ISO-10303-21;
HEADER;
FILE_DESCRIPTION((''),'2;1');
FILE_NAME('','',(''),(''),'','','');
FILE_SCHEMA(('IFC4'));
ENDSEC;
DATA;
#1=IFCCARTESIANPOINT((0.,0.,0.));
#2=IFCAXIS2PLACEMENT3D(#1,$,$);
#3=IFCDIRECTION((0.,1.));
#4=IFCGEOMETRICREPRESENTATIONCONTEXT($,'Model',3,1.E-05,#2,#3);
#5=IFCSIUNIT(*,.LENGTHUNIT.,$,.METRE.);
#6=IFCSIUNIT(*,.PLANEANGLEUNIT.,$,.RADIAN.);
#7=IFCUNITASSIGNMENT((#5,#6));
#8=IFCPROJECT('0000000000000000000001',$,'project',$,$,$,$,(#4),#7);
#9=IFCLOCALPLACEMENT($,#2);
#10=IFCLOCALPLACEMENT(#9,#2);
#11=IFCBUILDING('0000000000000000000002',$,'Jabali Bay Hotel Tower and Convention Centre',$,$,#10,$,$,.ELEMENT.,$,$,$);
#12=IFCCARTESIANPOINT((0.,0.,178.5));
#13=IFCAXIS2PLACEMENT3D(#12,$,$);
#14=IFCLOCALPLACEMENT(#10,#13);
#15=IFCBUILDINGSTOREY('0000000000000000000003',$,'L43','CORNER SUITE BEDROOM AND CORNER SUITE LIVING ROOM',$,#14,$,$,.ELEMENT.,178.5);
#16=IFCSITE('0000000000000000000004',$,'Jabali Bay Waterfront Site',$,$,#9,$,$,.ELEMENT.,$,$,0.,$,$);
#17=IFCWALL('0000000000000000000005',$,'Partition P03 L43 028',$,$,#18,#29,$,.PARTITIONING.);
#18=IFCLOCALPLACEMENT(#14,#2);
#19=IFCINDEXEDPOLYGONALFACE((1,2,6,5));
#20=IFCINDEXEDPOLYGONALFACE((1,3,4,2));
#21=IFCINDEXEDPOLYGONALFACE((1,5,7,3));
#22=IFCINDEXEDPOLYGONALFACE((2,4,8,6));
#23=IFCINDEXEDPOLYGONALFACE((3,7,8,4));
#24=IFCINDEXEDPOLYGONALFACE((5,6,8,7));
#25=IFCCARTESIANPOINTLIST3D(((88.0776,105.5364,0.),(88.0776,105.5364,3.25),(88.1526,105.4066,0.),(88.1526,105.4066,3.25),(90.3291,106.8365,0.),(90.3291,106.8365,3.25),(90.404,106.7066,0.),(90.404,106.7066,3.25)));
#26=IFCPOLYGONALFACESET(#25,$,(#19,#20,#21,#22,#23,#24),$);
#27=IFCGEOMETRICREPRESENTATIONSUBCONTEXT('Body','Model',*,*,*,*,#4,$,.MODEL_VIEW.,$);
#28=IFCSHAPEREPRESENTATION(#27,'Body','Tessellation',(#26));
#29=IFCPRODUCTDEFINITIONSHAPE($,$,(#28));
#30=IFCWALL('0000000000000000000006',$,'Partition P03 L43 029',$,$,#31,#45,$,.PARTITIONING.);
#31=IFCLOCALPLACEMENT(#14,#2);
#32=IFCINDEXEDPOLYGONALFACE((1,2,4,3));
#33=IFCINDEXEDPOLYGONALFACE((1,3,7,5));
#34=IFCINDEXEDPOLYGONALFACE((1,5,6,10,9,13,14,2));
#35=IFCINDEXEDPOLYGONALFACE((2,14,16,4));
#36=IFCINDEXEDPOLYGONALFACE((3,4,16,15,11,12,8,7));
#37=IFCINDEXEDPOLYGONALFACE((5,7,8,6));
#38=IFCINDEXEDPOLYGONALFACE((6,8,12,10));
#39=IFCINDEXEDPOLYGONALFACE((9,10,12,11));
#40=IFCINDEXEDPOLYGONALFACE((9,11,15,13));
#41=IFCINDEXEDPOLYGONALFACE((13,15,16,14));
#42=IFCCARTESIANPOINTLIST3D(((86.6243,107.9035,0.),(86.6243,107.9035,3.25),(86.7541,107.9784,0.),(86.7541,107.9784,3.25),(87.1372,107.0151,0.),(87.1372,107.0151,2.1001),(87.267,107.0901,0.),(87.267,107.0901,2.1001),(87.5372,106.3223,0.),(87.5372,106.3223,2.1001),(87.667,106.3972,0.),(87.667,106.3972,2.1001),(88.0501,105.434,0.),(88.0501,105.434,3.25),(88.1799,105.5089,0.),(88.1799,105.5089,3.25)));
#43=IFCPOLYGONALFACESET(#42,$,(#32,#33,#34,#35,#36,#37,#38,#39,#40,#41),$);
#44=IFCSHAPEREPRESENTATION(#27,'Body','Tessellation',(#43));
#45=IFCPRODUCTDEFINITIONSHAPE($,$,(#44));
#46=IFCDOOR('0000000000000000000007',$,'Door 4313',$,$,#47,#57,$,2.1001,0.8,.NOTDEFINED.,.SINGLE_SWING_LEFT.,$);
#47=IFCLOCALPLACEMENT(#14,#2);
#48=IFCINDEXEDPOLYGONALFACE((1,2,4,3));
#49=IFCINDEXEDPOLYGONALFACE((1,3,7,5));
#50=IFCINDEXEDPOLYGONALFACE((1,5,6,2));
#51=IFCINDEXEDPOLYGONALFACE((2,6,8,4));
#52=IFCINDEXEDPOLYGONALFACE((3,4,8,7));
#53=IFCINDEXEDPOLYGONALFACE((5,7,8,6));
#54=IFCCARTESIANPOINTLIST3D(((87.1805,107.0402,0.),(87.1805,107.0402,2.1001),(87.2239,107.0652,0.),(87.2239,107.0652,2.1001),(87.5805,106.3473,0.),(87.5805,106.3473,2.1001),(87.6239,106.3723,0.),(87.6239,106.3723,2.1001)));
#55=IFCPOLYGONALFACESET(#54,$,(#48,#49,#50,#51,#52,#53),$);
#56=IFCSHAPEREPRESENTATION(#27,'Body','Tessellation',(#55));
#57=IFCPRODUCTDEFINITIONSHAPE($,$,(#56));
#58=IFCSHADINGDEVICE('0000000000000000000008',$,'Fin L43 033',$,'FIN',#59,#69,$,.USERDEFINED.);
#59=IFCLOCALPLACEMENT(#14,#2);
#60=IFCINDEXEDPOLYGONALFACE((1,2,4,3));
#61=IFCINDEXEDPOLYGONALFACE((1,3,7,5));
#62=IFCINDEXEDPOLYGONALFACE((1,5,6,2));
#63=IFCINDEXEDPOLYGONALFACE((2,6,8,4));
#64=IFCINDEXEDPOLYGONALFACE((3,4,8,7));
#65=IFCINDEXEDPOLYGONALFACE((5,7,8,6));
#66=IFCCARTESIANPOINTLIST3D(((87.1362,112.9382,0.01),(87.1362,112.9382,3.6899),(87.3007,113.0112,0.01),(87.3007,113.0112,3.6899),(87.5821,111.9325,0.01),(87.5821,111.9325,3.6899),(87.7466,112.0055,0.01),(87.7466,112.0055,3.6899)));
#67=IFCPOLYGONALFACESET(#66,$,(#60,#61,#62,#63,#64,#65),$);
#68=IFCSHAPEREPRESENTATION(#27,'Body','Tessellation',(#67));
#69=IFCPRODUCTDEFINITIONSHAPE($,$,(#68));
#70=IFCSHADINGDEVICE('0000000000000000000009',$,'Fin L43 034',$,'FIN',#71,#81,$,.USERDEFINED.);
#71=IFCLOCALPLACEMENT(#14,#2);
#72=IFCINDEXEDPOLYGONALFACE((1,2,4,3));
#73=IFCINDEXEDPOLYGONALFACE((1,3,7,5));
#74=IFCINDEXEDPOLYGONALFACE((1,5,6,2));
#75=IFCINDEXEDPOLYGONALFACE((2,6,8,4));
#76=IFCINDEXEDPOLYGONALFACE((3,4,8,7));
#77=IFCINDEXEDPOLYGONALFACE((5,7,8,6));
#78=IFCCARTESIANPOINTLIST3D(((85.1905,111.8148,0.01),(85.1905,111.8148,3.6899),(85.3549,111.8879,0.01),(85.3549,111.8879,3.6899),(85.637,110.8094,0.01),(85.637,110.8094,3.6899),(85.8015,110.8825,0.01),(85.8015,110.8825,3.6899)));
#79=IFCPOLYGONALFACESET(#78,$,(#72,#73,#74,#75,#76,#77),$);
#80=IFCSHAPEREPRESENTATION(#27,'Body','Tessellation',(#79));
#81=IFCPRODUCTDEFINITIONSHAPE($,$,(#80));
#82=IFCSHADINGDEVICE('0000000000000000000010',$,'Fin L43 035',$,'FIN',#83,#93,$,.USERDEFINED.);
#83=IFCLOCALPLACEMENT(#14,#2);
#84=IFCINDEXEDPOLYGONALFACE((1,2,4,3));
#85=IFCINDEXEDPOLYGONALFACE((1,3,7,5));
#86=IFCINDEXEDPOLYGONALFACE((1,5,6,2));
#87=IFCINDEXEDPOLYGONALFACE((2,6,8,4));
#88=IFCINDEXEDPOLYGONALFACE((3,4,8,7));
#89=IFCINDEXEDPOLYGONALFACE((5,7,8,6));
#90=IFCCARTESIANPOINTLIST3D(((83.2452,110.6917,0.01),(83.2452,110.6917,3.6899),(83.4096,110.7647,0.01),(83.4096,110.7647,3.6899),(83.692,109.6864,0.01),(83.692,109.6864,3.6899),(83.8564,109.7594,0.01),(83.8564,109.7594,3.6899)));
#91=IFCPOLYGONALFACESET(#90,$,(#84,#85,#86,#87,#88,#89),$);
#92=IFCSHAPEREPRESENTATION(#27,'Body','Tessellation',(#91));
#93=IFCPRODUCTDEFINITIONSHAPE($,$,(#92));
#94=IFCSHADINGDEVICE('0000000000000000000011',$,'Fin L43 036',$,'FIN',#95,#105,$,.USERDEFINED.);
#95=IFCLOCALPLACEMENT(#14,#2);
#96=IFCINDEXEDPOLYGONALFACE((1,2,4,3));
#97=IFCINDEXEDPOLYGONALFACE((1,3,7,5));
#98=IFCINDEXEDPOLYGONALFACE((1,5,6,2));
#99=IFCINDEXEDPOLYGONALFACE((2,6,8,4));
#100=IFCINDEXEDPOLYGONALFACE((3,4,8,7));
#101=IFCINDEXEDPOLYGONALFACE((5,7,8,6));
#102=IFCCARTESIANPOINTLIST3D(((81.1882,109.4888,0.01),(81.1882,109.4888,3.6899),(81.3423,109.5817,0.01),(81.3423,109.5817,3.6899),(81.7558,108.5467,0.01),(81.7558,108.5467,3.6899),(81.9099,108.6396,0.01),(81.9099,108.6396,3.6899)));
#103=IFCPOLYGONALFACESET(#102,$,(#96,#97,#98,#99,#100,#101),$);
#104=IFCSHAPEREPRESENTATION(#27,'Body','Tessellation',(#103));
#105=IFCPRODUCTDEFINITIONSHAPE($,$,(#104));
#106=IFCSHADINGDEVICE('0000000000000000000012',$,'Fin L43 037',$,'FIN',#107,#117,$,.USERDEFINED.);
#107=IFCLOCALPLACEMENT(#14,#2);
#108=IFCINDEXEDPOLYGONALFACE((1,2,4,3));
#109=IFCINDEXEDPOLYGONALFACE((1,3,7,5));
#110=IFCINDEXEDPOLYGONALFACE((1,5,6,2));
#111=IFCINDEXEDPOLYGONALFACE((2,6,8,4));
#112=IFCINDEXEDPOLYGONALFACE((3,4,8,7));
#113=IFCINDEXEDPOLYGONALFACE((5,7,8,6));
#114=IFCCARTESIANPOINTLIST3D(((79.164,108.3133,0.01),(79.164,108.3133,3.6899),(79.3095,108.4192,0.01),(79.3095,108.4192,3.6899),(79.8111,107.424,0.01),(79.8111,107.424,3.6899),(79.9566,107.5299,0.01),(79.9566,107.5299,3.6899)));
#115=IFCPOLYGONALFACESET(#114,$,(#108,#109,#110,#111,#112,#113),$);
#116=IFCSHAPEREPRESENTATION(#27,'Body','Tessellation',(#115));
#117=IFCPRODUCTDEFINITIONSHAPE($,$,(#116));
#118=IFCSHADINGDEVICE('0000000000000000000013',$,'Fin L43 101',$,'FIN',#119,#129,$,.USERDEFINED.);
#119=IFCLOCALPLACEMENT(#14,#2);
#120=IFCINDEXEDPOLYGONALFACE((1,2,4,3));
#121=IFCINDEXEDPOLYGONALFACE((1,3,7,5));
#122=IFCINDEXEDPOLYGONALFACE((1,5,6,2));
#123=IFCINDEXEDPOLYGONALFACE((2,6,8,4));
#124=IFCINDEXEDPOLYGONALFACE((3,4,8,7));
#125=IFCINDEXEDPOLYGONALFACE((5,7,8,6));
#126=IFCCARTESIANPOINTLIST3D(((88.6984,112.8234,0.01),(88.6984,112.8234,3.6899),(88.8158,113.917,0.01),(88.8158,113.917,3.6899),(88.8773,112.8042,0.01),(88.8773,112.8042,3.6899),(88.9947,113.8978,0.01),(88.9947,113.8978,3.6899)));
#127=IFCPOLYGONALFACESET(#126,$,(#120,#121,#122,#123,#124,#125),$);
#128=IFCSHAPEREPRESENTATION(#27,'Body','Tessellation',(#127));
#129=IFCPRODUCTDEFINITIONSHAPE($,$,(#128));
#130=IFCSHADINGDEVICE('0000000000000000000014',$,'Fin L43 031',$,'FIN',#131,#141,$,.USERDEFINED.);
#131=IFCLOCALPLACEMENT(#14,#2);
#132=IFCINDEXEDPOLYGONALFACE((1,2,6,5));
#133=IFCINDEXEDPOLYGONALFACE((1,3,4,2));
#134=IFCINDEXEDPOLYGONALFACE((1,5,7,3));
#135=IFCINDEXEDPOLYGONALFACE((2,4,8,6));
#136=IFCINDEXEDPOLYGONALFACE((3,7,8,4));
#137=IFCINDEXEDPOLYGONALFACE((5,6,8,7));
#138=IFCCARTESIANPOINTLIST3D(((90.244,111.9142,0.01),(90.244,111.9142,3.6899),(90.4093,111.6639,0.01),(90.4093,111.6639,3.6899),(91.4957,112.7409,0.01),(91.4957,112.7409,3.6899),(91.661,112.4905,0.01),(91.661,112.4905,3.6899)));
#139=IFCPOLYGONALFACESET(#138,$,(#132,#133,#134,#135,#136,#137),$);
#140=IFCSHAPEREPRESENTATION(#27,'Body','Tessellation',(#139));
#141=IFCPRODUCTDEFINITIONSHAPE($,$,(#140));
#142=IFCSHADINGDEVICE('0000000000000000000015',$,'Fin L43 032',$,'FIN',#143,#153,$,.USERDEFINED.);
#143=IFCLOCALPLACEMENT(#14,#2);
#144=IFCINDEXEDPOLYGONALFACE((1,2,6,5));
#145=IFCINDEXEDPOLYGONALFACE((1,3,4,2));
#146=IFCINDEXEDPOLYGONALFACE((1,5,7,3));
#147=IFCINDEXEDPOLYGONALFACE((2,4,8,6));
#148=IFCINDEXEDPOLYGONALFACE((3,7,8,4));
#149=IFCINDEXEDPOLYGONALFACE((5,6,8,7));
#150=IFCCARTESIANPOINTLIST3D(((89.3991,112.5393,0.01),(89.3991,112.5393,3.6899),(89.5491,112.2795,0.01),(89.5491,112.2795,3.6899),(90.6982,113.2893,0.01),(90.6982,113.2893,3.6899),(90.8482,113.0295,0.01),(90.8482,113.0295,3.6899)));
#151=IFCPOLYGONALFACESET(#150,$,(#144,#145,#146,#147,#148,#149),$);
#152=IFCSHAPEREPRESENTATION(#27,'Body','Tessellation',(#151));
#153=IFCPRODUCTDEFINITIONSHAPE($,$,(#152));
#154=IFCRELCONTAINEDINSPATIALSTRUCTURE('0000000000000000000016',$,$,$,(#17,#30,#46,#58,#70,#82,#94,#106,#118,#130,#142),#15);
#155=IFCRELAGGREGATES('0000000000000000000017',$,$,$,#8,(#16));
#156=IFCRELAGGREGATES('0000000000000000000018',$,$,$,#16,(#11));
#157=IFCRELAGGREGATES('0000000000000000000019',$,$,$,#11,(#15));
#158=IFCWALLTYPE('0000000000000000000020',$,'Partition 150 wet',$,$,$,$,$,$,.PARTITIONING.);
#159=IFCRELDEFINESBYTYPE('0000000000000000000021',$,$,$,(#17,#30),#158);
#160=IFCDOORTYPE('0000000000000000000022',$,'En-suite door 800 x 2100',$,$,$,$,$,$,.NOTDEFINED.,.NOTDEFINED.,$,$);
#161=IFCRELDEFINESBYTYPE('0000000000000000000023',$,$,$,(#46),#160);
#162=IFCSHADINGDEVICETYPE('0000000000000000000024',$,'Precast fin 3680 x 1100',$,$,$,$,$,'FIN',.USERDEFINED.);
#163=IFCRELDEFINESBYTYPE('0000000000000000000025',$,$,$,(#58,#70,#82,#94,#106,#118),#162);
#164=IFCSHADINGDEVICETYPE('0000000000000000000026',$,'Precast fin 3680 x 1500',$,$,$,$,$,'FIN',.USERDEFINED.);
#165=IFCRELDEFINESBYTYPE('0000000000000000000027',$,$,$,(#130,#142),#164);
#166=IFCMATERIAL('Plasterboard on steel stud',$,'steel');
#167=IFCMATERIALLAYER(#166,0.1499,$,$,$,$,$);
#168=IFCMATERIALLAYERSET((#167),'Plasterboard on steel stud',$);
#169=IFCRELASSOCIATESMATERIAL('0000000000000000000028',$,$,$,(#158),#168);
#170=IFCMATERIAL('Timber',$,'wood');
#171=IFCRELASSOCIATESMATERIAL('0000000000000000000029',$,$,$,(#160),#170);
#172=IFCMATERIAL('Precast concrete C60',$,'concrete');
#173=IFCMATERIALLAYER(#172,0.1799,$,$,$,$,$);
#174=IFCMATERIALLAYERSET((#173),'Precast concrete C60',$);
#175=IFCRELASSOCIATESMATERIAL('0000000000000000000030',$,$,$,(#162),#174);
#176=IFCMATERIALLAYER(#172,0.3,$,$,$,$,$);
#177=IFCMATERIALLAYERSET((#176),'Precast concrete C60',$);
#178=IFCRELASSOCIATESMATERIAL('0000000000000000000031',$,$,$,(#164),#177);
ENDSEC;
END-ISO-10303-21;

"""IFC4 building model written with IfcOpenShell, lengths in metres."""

from ifc_helpers import new_model, si_unit, direction, frame, frame_2d, origin, place, context, subcontext, project, spatial, rectangle, extrude, material, layer, layer_set, type_object, element, fill, save


model = new_model("IFC4")

# Units and contexts
model_context = context("Model", 3, precision=1e-05, world=origin(), true_north=direction((0.0, 1.0)))
body_context = subcontext(model_context, "Body", "Model", "MODEL_VIEW")
ifc_project = project(units=[si_unit("LENGTHUNIT", "METRE"), si_unit("PLANEANGLEUNIT", "RADIAN")], contexts=[model_context])

# Site, building, storey
site_placement = place(None, origin())
site = spatial("IfcSite", under=ifc_project, at=site_placement, Name="Jabali Bay Waterfront Site", CompositionType="ELEMENT", RefElevation=0.0)
building_placement = place(site_placement, origin())
building = spatial("IfcBuilding", under=site, at=building_placement, Name="Jabali Bay Hotel Tower and Convention Centre", CompositionType="ELEMENT")
storey_placement = place(building_placement, frame((0.0, 0.0, 178.5)))
storey = spatial("IfcBuildingStorey", under=building, at=storey_placement, Name="L43", Description="CORNER SUITE BEDROOM AND CORNER SUITE LIVING ROOM", CompositionType="ELEMENT", Elevation=178.5)

# Wall
ifc_material_1 = material(Name="Plasterboard on steel stud", Category="steel")
ifc_layer_1 = layer(ifc_material_1, 0.1499)
ifc_layer_set_1 = layer_set([ifc_layer_1], Name="Plasterboard on steel stud")
wall_type_1 = type_object("IfcWallType", Name="Partition 150 wet", PredefinedType="PARTITIONING", material=ifc_layer_set_1)
wall_1_placement = place(storey_placement, frame((90.3665, 106.7715, 0.0), z_axis=(0.0, 0.0, 1.0), x_axis=(-0.865998, -0.500048, 0.0)))
element("IfcWall", 1, at=wall_1_placement, inside=storey, type_object=wall_type_1, Name="Partition P03 L43 028", PredefinedType="PARTITIONING", context=body_context, shape_type="SweptSolid", body=[
    extrude(rectangle(XDim=2.5999, YDim=0.1499, at=frame_2d((1.2998, 0.0))), origin(), (0.0, 0.0, 1.0), 3.25),
])

# Wall, opening, door
wall_2_placement = place(storey_placement, frame((88.115, 105.4714, 0.0), z_axis=(0.0, 0.0, 1.0), x_axis=(-0.500007, 0.866022, 0.0)))
wall_2 = element("IfcWall", 2, at=wall_2_placement, inside=storey, type_object=wall_type_1, Name="Partition P03 L43 029", PredefinedType="PARTITIONING", context=body_context, shape_type="SweptSolid", body=[
    extrude(rectangle(XDim=2.8516, YDim=0.1499, at=frame_2d((1.4258, 0.0))), origin(), (0.0, 0.0, 1.0), 3.25),
])
opening_1_placement = place(wall_2_placement, frame((1.0259, 0.0, 0.0)))
opening_1 = element("IfcOpeningElement", 3, at=opening_1_placement, cuts=wall_2, PredefinedType="OPENING", context=body_context, shape_type="SweptSolid", body=[
    extrude(rectangle(XDim=0.8, YDim=2.1001, at=frame_2d((0.3999, 1.05))), frame((0.0, 0.0854, 0.0), z_axis=(0.0, -1.0, 0.0), x_axis=(1.0, 0.0, 0.0)), (0.0, 0.0, 1.0), 0.1709),
])
ifc_material_2 = material(Name="Timber", Category="wood")
door_type = type_object("IfcDoorType", Name="En-suite door 800 x 2100", OperationType="NOTDEFINED", PredefinedType="NOTDEFINED", material=ifc_material_2)
door_placement = place(opening_1_placement, origin())
door = element("IfcDoor", 4, at=door_placement, inside=storey, type_object=door_type, Name="Door 4313", OperationType="SINGLE_SWING_LEFT", OverallHeight=2.1001, OverallWidth=0.8, PredefinedType="NOTDEFINED", context=body_context, shape_type="SweptSolid", body=[
    extrude(rectangle(XDim=0.8, YDim=2.1001, at=frame_2d((0.3999, 1.05))), frame((0.0, 0.0249, 0.0), z_axis=(0.0, -1.0, 0.0), x_axis=(1.0, 0.0, 0.0)), (0.0, 0.0, 1.0), 0.05),
])
fill(opening_1, door)

# Shading devices
ifc_material_3 = material(Name="Precast concrete C60", Category="concrete")
ifc_layer_2 = layer(ifc_material_3, 0.1799)
ifc_layer_set_2 = layer_set([ifc_layer_2], Name="Precast concrete C60")
shading_device_type_1 = type_object("IfcShadingDeviceType", Name="Precast fin 3680 x 1100", ElementType="FIN", PredefinedType="USERDEFINED", material=ifc_layer_set_2)
for number, where, z_axis, x_axis, name in (
    (5, (87.6643, 111.969, 0.01), (0.0, 0.0, 1.0), (-0.405273, 0.914196, 0.0), "Fin L43 033"),
    (6, (85.7192, 110.8459, 0.01), (0.0, 0.0, 1.0), (-0.405912, 0.913912, 0.0), "Fin L43 034"),
    (7, (83.7742, 109.7229, 0.01), (0.0, 0.0, 1.0), (-0.406097, 0.91383, 0.0), "Fin L43 035"),
):
    element("IfcShadingDevice", number, at=place(storey_placement, frame(where, z_axis=z_axis, x_axis=x_axis)), inside=storey, type_object=shading_device_type_1, Name=name, ObjectType="FIN", PredefinedType="USERDEFINED", context=body_context, shape_type="SweptSolid", body=[
        extrude(rectangle(XDim=1.1001, YDim=0.1799, at=frame_2d((0.55, 0.0))), origin(), (0.0, 0.0, 1.0), 3.6799),
    ])
for number, where, z_axis, x_axis, name in (
    (8, (81.8328, 108.5933, 0.01), (0.0, 0.0, 1.0), (-0.516062, 0.856551, 0.0), "Fin L43 036"),
    (9, (79.8838, 107.4771, 0.01), (0.0, 0.0, 1.0), (-0.588396, 0.808573, 0.0), "Fin L43 037"),
    (10, (88.7878, 112.814, 0.01), (0.0, 0.0, 1.0), (0.106776, 0.994283, 0.0), "Fin L43 101"),
):
    element("IfcShadingDevice", number, at=place(storey_placement, frame(where, z_axis=z_axis, x_axis=x_axis)), inside=storey, type_object=shading_device_type_1, Name=name, ObjectType="FIN", PredefinedType="USERDEFINED", context=body_context, shape_type="SweptSolid", body=[
        extrude(rectangle(XDim=1.0999, YDim=0.1799, at=frame_2d((0.5498, 0.0))), origin(), (0.0, 0.0, 1.0), 3.6799),
    ])
ifc_layer_3 = layer(ifc_material_3, 0.3)
ifc_layer_set_3 = layer_set([ifc_layer_3], Name="Precast concrete C60")
shading_device_type_2 = type_object("IfcShadingDeviceType", Name="Precast fin 3680 x 1500", ElementType="FIN", PredefinedType="USERDEFINED", material=ifc_layer_set_3)
for number, where, z_axis, x_axis, name in (
    (11, (90.3267, 111.7891, 0.01), (0.0, 0.0, 1.0), (0.834446, 0.551089, 0.0), "Fin L43 031"),
    (12, (89.4741, 112.4094, 0.01), (0.0, 0.0, 1.0), (0.866031, 0.49999, 0.0), "Fin L43 032"),
):
    element("IfcShadingDevice", number, at=place(storey_placement, frame(where, z_axis=z_axis, x_axis=x_axis)), inside=storey, type_object=shading_device_type_2, Name=name, ObjectType="FIN", PredefinedType="USERDEFINED", context=body_context, shape_type="SweptSolid", body=[
        extrude(rectangle(XDim=1.5, YDim=0.3, at=frame_2d((0.75, 0.0))), origin(), (0.0, 0.0, 1.0), 3.6799),
    ])

save(model, "model.ifc")
